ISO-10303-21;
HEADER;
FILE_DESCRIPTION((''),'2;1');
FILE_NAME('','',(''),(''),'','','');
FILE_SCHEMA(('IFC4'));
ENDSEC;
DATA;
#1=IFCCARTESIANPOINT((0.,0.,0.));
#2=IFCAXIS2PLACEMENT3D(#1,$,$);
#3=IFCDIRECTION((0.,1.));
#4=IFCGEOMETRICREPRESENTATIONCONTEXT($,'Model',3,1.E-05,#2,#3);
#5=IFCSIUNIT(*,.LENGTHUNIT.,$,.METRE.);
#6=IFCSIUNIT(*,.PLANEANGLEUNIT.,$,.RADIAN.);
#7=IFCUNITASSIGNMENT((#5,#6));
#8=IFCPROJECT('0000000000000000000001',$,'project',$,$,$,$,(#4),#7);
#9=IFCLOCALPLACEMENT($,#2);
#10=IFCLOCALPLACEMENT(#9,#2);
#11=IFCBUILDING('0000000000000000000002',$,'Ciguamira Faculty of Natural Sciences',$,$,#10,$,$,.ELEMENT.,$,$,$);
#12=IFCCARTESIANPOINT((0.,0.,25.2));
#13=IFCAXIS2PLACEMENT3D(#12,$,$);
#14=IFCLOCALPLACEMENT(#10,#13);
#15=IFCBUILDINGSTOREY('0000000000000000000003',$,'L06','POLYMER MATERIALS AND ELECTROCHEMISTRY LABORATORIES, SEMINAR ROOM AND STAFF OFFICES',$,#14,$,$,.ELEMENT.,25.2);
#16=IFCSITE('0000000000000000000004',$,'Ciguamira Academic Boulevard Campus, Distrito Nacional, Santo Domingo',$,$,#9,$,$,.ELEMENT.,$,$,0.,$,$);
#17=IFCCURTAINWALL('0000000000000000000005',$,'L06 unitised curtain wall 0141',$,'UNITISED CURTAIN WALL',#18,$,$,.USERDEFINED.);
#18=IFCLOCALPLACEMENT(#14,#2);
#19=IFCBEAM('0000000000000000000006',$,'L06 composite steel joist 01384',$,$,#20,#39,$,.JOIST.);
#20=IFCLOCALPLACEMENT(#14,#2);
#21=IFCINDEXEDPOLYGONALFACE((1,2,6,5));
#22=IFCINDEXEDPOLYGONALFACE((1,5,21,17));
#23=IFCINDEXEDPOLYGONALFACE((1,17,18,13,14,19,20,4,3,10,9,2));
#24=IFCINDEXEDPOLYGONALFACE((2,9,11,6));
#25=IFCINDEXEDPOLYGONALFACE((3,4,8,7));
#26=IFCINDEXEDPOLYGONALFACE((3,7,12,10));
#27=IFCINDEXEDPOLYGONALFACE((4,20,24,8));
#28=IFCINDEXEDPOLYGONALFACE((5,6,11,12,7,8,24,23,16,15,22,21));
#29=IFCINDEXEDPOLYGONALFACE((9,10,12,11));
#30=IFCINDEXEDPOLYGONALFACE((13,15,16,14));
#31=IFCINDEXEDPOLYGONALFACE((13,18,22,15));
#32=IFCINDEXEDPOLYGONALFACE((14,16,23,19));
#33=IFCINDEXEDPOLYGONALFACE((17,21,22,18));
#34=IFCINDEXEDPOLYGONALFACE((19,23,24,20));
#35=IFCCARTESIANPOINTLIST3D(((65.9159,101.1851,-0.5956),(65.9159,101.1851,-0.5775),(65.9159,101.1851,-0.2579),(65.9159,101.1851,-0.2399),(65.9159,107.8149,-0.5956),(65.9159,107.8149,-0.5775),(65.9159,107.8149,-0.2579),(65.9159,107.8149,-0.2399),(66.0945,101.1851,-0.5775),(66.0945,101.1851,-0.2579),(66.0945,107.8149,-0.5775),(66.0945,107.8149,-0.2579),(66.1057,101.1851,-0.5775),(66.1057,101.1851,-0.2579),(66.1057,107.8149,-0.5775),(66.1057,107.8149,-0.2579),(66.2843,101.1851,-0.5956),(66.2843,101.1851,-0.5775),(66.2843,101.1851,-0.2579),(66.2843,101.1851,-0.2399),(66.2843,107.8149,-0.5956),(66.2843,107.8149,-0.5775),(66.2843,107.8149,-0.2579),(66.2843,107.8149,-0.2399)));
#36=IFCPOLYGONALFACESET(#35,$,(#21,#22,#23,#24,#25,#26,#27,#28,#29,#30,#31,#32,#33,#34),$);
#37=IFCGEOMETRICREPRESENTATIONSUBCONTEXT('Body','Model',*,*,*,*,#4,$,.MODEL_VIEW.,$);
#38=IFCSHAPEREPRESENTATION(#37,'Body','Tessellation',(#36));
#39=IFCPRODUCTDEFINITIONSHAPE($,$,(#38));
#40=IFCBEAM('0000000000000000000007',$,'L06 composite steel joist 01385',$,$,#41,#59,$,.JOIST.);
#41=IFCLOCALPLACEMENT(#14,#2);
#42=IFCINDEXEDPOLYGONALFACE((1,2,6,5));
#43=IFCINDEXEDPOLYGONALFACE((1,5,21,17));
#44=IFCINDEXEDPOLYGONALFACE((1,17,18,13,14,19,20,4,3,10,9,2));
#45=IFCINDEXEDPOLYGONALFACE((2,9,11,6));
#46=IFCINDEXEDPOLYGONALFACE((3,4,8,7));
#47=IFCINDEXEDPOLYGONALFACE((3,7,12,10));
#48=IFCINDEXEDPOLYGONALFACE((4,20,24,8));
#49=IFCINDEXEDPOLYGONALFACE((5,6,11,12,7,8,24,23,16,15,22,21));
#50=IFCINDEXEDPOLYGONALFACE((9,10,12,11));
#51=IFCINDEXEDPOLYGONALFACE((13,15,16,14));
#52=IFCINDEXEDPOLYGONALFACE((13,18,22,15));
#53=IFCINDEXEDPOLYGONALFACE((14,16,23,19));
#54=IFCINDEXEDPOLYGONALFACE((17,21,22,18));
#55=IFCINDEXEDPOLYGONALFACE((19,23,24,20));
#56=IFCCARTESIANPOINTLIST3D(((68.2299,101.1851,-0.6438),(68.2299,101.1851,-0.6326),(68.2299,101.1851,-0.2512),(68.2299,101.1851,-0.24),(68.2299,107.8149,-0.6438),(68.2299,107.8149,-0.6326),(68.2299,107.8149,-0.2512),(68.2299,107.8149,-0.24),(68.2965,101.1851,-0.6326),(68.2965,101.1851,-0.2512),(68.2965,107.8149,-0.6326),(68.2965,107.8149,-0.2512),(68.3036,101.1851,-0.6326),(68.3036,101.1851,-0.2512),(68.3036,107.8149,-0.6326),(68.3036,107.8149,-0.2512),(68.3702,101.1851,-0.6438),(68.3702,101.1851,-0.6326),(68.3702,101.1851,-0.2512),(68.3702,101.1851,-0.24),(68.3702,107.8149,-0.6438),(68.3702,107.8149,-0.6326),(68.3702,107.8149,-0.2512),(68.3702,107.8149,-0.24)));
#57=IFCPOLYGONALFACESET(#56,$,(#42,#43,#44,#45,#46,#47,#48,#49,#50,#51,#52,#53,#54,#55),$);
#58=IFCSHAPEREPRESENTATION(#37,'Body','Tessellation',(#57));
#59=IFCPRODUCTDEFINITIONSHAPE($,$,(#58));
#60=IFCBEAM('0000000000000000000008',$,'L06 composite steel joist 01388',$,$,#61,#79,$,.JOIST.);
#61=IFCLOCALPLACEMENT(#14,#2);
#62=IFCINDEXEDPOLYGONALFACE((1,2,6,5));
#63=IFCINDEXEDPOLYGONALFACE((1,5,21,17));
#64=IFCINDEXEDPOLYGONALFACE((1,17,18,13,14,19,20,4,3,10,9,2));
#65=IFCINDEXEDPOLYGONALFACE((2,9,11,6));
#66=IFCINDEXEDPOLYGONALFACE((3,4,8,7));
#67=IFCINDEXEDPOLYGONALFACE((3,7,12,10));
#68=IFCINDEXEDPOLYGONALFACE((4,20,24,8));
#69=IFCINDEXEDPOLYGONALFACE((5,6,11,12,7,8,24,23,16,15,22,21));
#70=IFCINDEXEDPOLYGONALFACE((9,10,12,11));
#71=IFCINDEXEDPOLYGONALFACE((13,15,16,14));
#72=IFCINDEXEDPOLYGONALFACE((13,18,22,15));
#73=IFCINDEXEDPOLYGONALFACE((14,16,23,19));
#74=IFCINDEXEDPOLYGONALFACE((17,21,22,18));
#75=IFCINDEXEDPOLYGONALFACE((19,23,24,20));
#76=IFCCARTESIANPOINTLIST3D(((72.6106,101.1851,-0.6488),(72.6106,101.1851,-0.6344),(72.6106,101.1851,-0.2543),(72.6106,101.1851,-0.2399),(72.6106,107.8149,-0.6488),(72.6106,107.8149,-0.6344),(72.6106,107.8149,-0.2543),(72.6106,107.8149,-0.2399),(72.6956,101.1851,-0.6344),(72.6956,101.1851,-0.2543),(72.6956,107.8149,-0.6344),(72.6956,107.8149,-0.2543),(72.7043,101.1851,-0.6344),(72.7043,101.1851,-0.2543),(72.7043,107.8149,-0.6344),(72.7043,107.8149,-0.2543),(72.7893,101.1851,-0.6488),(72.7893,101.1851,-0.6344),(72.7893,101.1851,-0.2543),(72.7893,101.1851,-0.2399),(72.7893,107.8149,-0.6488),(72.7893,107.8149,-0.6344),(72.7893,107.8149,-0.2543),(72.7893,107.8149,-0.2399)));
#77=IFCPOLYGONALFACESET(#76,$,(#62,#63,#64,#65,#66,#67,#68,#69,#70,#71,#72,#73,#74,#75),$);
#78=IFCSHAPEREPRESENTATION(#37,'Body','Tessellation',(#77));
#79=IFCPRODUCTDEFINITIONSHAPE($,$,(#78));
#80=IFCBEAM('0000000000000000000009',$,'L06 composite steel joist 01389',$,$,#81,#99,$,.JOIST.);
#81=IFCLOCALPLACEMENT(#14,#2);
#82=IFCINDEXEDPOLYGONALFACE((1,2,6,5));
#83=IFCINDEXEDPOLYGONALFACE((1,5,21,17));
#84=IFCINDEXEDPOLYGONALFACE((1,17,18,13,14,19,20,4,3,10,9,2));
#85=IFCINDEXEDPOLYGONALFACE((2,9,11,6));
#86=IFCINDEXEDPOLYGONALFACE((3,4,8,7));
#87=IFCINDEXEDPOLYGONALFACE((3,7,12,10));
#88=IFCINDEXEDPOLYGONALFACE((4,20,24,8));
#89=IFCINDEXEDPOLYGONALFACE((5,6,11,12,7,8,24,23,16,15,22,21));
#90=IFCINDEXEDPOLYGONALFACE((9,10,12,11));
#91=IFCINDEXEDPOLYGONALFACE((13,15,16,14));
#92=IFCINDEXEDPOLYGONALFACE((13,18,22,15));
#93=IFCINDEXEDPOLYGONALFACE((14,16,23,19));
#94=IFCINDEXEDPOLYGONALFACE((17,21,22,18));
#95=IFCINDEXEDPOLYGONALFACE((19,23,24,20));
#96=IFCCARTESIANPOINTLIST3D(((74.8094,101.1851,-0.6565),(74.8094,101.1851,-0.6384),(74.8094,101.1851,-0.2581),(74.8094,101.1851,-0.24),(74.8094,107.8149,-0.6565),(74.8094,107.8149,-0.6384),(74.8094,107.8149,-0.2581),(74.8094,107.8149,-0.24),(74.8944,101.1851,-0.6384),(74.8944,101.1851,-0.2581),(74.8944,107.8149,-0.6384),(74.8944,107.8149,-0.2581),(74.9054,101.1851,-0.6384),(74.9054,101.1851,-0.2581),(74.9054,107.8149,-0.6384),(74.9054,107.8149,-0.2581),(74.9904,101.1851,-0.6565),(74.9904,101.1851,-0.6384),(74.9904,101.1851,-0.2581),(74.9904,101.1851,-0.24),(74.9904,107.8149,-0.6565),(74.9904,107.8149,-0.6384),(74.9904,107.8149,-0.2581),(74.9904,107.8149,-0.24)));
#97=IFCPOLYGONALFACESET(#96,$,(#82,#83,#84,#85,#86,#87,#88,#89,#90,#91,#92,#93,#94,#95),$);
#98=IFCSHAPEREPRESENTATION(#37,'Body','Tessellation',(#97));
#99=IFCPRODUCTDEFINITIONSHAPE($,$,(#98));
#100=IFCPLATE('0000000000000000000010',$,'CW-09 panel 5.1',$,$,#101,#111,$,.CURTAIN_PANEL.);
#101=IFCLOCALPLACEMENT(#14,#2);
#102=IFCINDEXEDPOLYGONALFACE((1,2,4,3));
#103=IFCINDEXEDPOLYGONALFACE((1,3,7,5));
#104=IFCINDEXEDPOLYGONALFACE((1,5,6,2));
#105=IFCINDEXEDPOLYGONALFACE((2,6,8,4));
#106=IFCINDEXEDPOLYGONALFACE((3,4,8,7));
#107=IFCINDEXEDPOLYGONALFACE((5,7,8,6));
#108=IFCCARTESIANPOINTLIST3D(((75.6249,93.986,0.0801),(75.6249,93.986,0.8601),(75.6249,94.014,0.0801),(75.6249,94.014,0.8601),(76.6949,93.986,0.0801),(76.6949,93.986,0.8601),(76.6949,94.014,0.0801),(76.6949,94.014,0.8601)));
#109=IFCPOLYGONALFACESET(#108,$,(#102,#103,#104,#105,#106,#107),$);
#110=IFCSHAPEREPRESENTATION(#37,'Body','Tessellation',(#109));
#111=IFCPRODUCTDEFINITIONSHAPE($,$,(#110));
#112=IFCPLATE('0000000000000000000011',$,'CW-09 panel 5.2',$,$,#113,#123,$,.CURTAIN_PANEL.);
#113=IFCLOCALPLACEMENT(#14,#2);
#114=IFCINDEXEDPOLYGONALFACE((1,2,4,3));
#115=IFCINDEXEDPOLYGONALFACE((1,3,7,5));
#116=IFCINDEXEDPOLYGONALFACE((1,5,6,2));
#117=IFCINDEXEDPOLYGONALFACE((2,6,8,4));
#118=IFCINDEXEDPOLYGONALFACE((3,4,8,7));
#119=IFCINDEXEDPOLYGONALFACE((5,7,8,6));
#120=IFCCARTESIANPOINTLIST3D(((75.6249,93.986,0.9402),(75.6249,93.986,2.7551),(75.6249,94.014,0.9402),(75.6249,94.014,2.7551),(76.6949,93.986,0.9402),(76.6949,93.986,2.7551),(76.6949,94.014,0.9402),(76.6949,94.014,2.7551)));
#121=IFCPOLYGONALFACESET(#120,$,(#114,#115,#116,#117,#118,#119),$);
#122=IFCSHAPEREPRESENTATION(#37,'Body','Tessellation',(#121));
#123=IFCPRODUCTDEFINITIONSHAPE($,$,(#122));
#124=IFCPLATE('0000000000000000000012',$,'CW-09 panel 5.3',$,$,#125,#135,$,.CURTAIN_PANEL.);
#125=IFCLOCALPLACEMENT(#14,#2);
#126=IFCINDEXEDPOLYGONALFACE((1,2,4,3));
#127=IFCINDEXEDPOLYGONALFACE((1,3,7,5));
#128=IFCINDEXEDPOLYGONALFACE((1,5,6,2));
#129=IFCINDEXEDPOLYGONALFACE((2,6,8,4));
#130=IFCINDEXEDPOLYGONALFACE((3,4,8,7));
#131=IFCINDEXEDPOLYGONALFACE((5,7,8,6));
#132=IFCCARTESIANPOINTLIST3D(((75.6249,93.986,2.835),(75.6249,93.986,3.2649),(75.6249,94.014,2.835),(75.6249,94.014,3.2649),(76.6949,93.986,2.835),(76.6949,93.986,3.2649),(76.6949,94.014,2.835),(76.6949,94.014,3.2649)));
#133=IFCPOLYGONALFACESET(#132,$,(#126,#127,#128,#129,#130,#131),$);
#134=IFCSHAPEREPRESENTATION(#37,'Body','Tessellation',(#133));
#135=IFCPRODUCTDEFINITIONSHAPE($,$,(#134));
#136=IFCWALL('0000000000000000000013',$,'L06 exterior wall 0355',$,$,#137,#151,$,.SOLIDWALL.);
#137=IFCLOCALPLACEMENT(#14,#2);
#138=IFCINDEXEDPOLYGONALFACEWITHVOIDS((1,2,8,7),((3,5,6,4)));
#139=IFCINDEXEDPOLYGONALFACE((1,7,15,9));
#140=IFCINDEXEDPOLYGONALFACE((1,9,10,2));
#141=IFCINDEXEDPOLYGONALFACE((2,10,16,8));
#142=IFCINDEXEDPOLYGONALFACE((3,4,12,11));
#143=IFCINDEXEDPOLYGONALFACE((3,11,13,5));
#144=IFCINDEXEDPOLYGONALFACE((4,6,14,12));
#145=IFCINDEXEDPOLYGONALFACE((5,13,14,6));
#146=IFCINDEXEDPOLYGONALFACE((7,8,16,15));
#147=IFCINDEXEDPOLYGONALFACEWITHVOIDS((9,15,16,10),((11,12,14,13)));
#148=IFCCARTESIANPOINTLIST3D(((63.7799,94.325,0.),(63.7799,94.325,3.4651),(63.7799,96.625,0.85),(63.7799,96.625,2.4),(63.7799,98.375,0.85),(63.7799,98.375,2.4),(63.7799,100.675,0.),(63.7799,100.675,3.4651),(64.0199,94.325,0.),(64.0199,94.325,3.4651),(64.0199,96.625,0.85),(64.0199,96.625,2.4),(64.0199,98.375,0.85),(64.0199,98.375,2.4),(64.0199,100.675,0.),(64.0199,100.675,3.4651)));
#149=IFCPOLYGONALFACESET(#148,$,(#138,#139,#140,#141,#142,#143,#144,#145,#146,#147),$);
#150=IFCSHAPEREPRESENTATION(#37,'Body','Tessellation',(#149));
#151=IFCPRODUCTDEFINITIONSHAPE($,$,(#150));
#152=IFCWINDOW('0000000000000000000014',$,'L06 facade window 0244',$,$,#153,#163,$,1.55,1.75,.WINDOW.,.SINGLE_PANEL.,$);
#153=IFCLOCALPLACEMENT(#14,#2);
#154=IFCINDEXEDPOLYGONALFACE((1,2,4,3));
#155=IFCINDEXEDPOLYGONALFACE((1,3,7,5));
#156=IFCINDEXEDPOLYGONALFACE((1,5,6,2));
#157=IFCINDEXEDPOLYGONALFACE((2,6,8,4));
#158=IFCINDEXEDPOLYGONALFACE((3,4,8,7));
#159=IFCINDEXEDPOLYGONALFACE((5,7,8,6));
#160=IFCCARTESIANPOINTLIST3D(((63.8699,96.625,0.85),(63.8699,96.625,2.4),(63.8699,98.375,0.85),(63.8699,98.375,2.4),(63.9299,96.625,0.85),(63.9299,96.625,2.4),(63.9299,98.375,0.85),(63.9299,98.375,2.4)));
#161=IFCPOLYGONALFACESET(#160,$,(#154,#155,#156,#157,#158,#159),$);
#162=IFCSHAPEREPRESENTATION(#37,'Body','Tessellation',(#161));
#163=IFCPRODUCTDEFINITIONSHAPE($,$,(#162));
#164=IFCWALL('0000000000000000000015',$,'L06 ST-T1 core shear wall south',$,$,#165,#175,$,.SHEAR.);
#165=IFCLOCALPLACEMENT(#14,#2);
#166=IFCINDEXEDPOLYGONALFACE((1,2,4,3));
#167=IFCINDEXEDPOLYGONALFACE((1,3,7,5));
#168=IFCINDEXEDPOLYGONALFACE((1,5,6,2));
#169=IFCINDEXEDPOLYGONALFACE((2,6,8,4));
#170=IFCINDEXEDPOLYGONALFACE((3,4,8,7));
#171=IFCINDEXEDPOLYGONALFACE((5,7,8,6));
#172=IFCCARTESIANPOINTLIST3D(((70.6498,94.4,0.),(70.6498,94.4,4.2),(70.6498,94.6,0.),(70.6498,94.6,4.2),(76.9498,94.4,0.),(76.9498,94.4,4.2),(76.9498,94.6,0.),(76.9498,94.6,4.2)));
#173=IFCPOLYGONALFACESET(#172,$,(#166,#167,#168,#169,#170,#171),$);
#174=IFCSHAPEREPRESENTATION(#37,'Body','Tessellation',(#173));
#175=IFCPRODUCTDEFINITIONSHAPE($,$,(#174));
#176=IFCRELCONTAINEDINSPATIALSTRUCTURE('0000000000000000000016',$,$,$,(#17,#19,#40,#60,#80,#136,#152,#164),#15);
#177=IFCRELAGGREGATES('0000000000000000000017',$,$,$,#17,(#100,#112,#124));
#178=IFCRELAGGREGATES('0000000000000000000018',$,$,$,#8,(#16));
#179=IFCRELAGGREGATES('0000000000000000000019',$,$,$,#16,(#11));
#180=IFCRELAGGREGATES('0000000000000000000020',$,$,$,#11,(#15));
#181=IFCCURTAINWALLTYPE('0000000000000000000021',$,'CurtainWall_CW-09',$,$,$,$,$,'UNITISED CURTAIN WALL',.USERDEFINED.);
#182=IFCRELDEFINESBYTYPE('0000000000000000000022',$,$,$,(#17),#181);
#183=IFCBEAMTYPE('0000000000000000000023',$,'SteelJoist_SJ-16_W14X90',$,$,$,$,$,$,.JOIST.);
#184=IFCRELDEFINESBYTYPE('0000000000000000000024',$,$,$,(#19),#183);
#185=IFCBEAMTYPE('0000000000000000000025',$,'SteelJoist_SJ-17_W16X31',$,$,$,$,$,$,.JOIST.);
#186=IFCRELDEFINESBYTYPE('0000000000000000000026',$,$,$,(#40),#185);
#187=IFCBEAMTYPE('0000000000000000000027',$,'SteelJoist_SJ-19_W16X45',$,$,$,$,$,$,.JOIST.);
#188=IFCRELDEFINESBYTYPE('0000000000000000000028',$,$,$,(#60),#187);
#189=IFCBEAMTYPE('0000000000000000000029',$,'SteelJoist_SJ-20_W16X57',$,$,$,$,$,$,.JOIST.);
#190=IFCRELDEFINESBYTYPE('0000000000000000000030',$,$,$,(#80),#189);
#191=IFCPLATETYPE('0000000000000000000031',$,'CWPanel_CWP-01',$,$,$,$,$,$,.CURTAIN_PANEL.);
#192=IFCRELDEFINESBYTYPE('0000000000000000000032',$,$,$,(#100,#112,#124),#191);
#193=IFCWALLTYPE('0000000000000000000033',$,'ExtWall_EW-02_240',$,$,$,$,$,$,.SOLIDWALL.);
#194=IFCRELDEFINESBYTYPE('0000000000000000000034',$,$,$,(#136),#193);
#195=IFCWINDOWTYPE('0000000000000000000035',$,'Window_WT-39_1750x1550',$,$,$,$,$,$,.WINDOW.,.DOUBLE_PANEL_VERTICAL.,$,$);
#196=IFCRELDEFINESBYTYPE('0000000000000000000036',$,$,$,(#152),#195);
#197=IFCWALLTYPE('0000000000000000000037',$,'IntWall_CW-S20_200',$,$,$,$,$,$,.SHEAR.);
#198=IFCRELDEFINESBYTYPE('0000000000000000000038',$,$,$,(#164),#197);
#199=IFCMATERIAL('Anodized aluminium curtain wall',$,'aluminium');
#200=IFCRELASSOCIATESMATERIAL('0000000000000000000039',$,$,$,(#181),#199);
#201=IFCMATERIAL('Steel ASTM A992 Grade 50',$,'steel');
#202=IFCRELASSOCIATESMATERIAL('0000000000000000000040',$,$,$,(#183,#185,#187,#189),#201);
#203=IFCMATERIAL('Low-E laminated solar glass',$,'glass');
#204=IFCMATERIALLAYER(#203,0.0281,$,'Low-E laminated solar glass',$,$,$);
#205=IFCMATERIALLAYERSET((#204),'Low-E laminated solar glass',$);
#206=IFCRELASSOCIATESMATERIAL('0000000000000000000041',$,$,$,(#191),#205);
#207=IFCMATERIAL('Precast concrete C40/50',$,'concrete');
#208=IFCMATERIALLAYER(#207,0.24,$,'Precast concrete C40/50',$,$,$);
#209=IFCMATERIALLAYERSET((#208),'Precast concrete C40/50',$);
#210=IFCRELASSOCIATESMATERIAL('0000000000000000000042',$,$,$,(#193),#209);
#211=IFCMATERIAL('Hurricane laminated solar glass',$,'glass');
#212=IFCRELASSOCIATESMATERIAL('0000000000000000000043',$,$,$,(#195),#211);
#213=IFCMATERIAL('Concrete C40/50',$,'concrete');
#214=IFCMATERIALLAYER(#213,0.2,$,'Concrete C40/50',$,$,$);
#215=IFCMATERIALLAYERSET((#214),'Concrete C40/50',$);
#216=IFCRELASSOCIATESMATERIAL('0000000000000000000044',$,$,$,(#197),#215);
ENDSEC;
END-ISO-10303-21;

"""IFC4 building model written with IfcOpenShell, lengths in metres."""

from ifc_helpers import new_model, si_unit, direction, frame, frame_2d, origin, origin_2d, place, context, subcontext, project, spatial, rectangle, i_section, extrude, material, layer, layer_set, material_profile, profile_set, type_object, element, fill, aggregate, save


model = new_model("IFC4")

# Units and contexts
model_context = context("Model", 3, precision=1e-05, world=origin(), true_north=direction((0.0, 1.0)))
body_context = subcontext(model_context, "Body", "Model", "MODEL_VIEW")
ifc_project = project(units=[si_unit("LENGTHUNIT", "METRE"), si_unit("PLANEANGLEUNIT", "RADIAN")], contexts=[model_context])

# Site, building, storey
site_placement = place(None, origin())
site = spatial("IfcSite", under=ifc_project, at=site_placement, Name="Ciguamira Academic Boulevard Campus, Distrito Nacional, Santo Domingo", CompositionType="ELEMENT", RefElevation=0.0)
building_placement = place(site_placement, origin())
building = spatial("IfcBuilding", under=site, at=building_placement, Name="Ciguamira Faculty of Natural Sciences", CompositionType="ELEMENT")
storey_placement = place(building_placement, frame((0.0, 0.0, 25.2)))
storey = spatial("IfcBuildingStorey", under=building, at=storey_placement, Name="L06", Description="POLYMER MATERIALS AND ELECTROCHEMISTRY LABORATORIES, SEMINAR ROOM AND STAFF OFFICES", CompositionType="ELEMENT", Elevation=25.2)

# Shared definitions
ifc_material_1 = material(Name="Concrete C40/50", Category="concrete")

# Curtain wall
ifc_material_2 = material(Name="Anodized aluminium curtain wall", Category="aluminium")
curtain_wall_type = type_object("IfcCurtainWallType", Name="CurtainWall_CW-09", ElementType="UNITISED CURTAIN WALL", PredefinedType="USERDEFINED", material=ifc_material_2)
curtain_wall_placement = place(storey_placement, origin())
curtain_wall = element("IfcCurtainWall", 1, at=curtain_wall_placement, inside=storey, type_object=curtain_wall_type, Name="L06 unitised curtain wall 0141", ObjectType="UNITISED CURTAIN WALL", PredefinedType="USERDEFINED")

# Beams
ifc_material_3 = material(Name="Precast concrete C40/50", Category="concrete")
ifc_material_4 = material(Name="Steel ASTM A992 Grade 50", Category="steel")
ifc_material_profile_1 = material_profile(ifc_material_4, i_section(OverallWidth=0.3684, OverallDepth=0.3557, WebThickness=0.0112, FlangeThickness=0.0181, at=origin_2d()), Name="W14X90")
ifc_profile_set_1 = profile_set([ifc_material_profile_1], Name="Steel ASTM A992 Grade 50")
beam_type_1 = type_object("IfcBeamType", Name="SteelJoist_SJ-16_W14X90", PredefinedType="JOIST", material=ifc_profile_set_1)
beam_1_placement = place(storey_placement, frame((66.1001, 101.1851, -0.4177), z_axis=(0.0, 1.0, 0.0), x_axis=(-1.0, 0.0, 0.0)))
element("IfcBeam", 2, at=beam_1_placement, inside=storey, type_object=beam_type_1, Name="L06 composite steel joist 01384", PredefinedType="JOIST", context=body_context, shape_type="SweptSolid", body=[
    extrude(i_section(OverallWidth=0.3684, OverallDepth=0.3557, WebThickness=0.0112, FlangeThickness=0.0181, at=origin_2d()), origin(), (0.0, 0.0, 1.0), 6.6299),
])
ifc_material_profile_2 = material_profile(ifc_material_4, i_section(OverallWidth=0.1404, OverallDepth=0.4038, WebThickness=0.0071, FlangeThickness=0.0112, at=origin_2d()), Name="W16X31")
ifc_profile_set_2 = profile_set([ifc_material_profile_2], Name="Steel ASTM A992 Grade 50")
beam_type_2 = type_object("IfcBeamType", Name="SteelJoist_SJ-17_W16X31", PredefinedType="JOIST", material=ifc_profile_set_2)
beam_2_placement = place(storey_placement, frame((68.3, 101.1851, -0.4419), z_axis=(0.0, 1.0, 0.0), x_axis=(-1.0, 0.0, 0.0)))
element("IfcBeam", 3, at=beam_2_placement, inside=storey, type_object=beam_type_2, Name="L06 composite steel joist 01385", PredefinedType="JOIST", context=body_context, shape_type="SweptSolid", body=[
    extrude(i_section(OverallWidth=0.1404, OverallDepth=0.4038, WebThickness=0.0071, FlangeThickness=0.0112, at=origin_2d()), origin(), (0.0, 0.0, 1.0), 6.6299),
])
ifc_material_profile_3 = material_profile(ifc_material_4, i_section(OverallWidth=0.1787, OverallDepth=0.4089, WebThickness=0.0088, FlangeThickness=0.0144, at=origin_2d()), Name="W16X45")
ifc_profile_set_3 = profile_set([ifc_material_profile_3], Name="Steel ASTM A992 Grade 50")
beam_type_3 = type_object("IfcBeamType", Name="SteelJoist_SJ-19_W16X45", PredefinedType="JOIST", material=ifc_profile_set_3)
beam_3_placement = place(storey_placement, frame((72.7, 101.1851, -0.4443), z_axis=(0.0, 1.0, 0.0), x_axis=(-1.0, 0.0, 0.0)))
element("IfcBeam", 4, at=beam_3_placement, inside=storey, type_object=beam_type_3, Name="L06 composite steel joist 01388", PredefinedType="JOIST", context=body_context, shape_type="SweptSolid", body=[
    extrude(i_section(OverallWidth=0.1787, OverallDepth=0.4089, WebThickness=0.0088, FlangeThickness=0.0144, at=origin_2d()), origin(), (0.0, 0.0, 1.0), 6.6299),
])
ifc_material_profile_4 = material_profile(ifc_material_4, i_section(OverallWidth=0.1809, OverallDepth=0.4165, WebThickness=0.011, FlangeThickness=0.0181, at=origin_2d()), Name="W16X57")
ifc_profile_set_4 = profile_set([ifc_material_profile_4], Name="Steel ASTM A992 Grade 50")
beam_type_4 = type_object("IfcBeamType", Name="SteelJoist_SJ-20_W16X57", PredefinedType="JOIST", material=ifc_profile_set_4)
beam_4_placement = place(storey_placement, frame((74.8999, 101.1851, -0.4482), z_axis=(0.0, 1.0, 0.0), x_axis=(-1.0, 0.0, 0.0)))
element("IfcBeam", 5, at=beam_4_placement, inside=storey, type_object=beam_type_4, Name="L06 composite steel joist 01389", PredefinedType="JOIST", context=body_context, shape_type="SweptSolid", body=[
    extrude(i_section(OverallWidth=0.1809, OverallDepth=0.4165, WebThickness=0.011, FlangeThickness=0.0181, at=origin_2d()), origin(), (0.0, 0.0, 1.0), 6.6299),
])

# Plates
ifc_material_5 = material(Name="Low-E laminated solar glass", Category="glass")
ifc_layer_1 = layer(ifc_material_5, 0.0281, Name="Low-E laminated solar glass")
ifc_layer_set_1 = layer_set([ifc_layer_1], Name="Low-E laminated solar glass")
plate_type = type_object("IfcPlateType", Name="CWPanel_CWP-01", PredefinedType="CURTAIN_PANEL", material=ifc_layer_set_1)
plate_1_placement = place(storey_placement, frame((76.1599, 94.0, 0.0801), z_axis=(0.0, 0.0, 1.0), x_axis=(1.0, 0.0, 0.0)))
plate_1 = element("IfcPlate", 6, at=plate_1_placement, type_object=plate_type, Name="CW-09 panel 5.1", PredefinedType="CURTAIN_PANEL", context=body_context, shape_type="SweptSolid", body=[
    extrude(rectangle(XDim=1.0701, YDim=0.0281, at=origin_2d()), origin(), (0.0, 0.0, 1.0), 0.78),
])
plate_2_placement = place(storey_placement, frame((76.1599, 94.0, 0.9402), z_axis=(0.0, 0.0, 1.0), x_axis=(1.0, 0.0, 0.0)))
plate_2 = element("IfcPlate", 7, at=plate_2_placement, type_object=plate_type, Name="CW-09 panel 5.2", PredefinedType="CURTAIN_PANEL", context=body_context, shape_type="SweptSolid", body=[
    extrude(rectangle(XDim=1.0701, YDim=0.0281, at=origin_2d()), origin(), (0.0, 0.0, 1.0), 1.8149),
])
plate_3_placement = place(storey_placement, frame((76.1599, 94.0, 2.835), z_axis=(0.0, 0.0, 1.0), x_axis=(1.0, 0.0, 0.0)))
plate_3 = element("IfcPlate", 8, at=plate_3_placement, type_object=plate_type, Name="CW-09 panel 5.3", PredefinedType="CURTAIN_PANEL", context=body_context, shape_type="SweptSolid", body=[
    extrude(rectangle(XDim=1.0701, YDim=0.0281, at=origin_2d()), origin(), (0.0, 0.0, 1.0), 0.4299),
])
aggregate(curtain_wall, [plate_1, plate_2, plate_3])

# Wall, opening, window
ifc_layer_2 = layer(ifc_material_3, 0.24, Name="Precast concrete C40/50")
ifc_layer_set_2 = layer_set([ifc_layer_2], Name="Precast concrete C40/50")
wall_type_1 = type_object("IfcWallType", Name="ExtWall_EW-02_240", PredefinedType="SOLIDWALL", material=ifc_layer_set_2)
wall_1_placement = place(storey_placement, frame((63.8999, 94.325, 0.0), z_axis=(0.0, 0.0, 1.0), x_axis=(0.0, 1.0, 0.0)))
wall_1 = element("IfcWall", 9, at=wall_1_placement, inside=storey, type_object=wall_type_1, Name="L06 exterior wall 0355", PredefinedType="SOLIDWALL", context=body_context, shape_type="SweptSolid", body=[
    extrude(rectangle(XDim=6.3501, YDim=0.24, at=frame_2d((3.175, 0.0))), origin(), (0.0, 0.0, 1.0), 3.4651),
])
opening_1_placement = place(wall_1_placement, frame((2.3, 0.0, 0.8501)))
opening_1 = element("IfcOpeningElement", 10, at=opening_1_placement, cuts=wall_1, PredefinedType="OPENING", context=body_context, shape_type="SweptSolid", body=[
    extrude(rectangle(XDim=1.75, YDim=1.55, at=frame_2d((0.875, 0.7749))), frame((0.0, 0.1299, 0.0), z_axis=(0.0, -1.0, 0.0), x_axis=(1.0, 0.0, 0.0)), (0.0, 0.0, 1.0), 0.26),
])
ifc_material_6 = material(Name="Hurricane laminated solar glass", Category="glass")
window_type = type_object("IfcWindowType", Name="Window_WT-39_1750x1550", PartitioningType="DOUBLE_PANEL_VERTICAL", PredefinedType="WINDOW", material=ifc_material_6)
window_placement = place(opening_1_placement, origin())
window = element("IfcWindow", 11, at=window_placement, inside=storey, type_object=window_type, Name="L06 facade window 0244", OverallHeight=1.55, OverallWidth=1.75, PartitioningType="SINGLE_PANEL", PredefinedType="WINDOW", context=body_context, shape_type="SweptSolid", body=[
    extrude(rectangle(XDim=1.75, YDim=1.55, at=frame_2d((0.875, 0.7749))), frame((0.0, 0.03, 0.0), z_axis=(0.0, -1.0, 0.0), x_axis=(1.0, 0.0, 0.0)), (0.0, 0.0, 1.0), 0.0601),
])
fill(opening_1, window)

# Wall
ifc_layer_3 = layer(ifc_material_1, 0.2, Name="Concrete C40/50")
ifc_layer_set_3 = layer_set([ifc_layer_3], Name="Concrete C40/50")
wall_type_2 = type_object("IfcWallType", Name="IntWall_CW-S20_200", PredefinedType="SHEAR", material=ifc_layer_set_3)
wall_2_placement = place(storey_placement, frame((70.6499, 94.5, 0.0), z_axis=(0.0, 0.0, 1.0), x_axis=(1.0, 0.0, 0.0)))
element("IfcWall", 12, at=wall_2_placement, inside=storey, type_object=wall_type_2, Name="L06 ST-T1 core shear wall south", PredefinedType="SHEAR", context=body_context, shape_type="SweptSolid", body=[
    extrude(rectangle(XDim=6.3, YDim=0.2, at=frame_2d((3.1499, 0.0))), origin(), (0.0, 0.0, 1.0), 4.2),
])

save(model, "model.ifc")
